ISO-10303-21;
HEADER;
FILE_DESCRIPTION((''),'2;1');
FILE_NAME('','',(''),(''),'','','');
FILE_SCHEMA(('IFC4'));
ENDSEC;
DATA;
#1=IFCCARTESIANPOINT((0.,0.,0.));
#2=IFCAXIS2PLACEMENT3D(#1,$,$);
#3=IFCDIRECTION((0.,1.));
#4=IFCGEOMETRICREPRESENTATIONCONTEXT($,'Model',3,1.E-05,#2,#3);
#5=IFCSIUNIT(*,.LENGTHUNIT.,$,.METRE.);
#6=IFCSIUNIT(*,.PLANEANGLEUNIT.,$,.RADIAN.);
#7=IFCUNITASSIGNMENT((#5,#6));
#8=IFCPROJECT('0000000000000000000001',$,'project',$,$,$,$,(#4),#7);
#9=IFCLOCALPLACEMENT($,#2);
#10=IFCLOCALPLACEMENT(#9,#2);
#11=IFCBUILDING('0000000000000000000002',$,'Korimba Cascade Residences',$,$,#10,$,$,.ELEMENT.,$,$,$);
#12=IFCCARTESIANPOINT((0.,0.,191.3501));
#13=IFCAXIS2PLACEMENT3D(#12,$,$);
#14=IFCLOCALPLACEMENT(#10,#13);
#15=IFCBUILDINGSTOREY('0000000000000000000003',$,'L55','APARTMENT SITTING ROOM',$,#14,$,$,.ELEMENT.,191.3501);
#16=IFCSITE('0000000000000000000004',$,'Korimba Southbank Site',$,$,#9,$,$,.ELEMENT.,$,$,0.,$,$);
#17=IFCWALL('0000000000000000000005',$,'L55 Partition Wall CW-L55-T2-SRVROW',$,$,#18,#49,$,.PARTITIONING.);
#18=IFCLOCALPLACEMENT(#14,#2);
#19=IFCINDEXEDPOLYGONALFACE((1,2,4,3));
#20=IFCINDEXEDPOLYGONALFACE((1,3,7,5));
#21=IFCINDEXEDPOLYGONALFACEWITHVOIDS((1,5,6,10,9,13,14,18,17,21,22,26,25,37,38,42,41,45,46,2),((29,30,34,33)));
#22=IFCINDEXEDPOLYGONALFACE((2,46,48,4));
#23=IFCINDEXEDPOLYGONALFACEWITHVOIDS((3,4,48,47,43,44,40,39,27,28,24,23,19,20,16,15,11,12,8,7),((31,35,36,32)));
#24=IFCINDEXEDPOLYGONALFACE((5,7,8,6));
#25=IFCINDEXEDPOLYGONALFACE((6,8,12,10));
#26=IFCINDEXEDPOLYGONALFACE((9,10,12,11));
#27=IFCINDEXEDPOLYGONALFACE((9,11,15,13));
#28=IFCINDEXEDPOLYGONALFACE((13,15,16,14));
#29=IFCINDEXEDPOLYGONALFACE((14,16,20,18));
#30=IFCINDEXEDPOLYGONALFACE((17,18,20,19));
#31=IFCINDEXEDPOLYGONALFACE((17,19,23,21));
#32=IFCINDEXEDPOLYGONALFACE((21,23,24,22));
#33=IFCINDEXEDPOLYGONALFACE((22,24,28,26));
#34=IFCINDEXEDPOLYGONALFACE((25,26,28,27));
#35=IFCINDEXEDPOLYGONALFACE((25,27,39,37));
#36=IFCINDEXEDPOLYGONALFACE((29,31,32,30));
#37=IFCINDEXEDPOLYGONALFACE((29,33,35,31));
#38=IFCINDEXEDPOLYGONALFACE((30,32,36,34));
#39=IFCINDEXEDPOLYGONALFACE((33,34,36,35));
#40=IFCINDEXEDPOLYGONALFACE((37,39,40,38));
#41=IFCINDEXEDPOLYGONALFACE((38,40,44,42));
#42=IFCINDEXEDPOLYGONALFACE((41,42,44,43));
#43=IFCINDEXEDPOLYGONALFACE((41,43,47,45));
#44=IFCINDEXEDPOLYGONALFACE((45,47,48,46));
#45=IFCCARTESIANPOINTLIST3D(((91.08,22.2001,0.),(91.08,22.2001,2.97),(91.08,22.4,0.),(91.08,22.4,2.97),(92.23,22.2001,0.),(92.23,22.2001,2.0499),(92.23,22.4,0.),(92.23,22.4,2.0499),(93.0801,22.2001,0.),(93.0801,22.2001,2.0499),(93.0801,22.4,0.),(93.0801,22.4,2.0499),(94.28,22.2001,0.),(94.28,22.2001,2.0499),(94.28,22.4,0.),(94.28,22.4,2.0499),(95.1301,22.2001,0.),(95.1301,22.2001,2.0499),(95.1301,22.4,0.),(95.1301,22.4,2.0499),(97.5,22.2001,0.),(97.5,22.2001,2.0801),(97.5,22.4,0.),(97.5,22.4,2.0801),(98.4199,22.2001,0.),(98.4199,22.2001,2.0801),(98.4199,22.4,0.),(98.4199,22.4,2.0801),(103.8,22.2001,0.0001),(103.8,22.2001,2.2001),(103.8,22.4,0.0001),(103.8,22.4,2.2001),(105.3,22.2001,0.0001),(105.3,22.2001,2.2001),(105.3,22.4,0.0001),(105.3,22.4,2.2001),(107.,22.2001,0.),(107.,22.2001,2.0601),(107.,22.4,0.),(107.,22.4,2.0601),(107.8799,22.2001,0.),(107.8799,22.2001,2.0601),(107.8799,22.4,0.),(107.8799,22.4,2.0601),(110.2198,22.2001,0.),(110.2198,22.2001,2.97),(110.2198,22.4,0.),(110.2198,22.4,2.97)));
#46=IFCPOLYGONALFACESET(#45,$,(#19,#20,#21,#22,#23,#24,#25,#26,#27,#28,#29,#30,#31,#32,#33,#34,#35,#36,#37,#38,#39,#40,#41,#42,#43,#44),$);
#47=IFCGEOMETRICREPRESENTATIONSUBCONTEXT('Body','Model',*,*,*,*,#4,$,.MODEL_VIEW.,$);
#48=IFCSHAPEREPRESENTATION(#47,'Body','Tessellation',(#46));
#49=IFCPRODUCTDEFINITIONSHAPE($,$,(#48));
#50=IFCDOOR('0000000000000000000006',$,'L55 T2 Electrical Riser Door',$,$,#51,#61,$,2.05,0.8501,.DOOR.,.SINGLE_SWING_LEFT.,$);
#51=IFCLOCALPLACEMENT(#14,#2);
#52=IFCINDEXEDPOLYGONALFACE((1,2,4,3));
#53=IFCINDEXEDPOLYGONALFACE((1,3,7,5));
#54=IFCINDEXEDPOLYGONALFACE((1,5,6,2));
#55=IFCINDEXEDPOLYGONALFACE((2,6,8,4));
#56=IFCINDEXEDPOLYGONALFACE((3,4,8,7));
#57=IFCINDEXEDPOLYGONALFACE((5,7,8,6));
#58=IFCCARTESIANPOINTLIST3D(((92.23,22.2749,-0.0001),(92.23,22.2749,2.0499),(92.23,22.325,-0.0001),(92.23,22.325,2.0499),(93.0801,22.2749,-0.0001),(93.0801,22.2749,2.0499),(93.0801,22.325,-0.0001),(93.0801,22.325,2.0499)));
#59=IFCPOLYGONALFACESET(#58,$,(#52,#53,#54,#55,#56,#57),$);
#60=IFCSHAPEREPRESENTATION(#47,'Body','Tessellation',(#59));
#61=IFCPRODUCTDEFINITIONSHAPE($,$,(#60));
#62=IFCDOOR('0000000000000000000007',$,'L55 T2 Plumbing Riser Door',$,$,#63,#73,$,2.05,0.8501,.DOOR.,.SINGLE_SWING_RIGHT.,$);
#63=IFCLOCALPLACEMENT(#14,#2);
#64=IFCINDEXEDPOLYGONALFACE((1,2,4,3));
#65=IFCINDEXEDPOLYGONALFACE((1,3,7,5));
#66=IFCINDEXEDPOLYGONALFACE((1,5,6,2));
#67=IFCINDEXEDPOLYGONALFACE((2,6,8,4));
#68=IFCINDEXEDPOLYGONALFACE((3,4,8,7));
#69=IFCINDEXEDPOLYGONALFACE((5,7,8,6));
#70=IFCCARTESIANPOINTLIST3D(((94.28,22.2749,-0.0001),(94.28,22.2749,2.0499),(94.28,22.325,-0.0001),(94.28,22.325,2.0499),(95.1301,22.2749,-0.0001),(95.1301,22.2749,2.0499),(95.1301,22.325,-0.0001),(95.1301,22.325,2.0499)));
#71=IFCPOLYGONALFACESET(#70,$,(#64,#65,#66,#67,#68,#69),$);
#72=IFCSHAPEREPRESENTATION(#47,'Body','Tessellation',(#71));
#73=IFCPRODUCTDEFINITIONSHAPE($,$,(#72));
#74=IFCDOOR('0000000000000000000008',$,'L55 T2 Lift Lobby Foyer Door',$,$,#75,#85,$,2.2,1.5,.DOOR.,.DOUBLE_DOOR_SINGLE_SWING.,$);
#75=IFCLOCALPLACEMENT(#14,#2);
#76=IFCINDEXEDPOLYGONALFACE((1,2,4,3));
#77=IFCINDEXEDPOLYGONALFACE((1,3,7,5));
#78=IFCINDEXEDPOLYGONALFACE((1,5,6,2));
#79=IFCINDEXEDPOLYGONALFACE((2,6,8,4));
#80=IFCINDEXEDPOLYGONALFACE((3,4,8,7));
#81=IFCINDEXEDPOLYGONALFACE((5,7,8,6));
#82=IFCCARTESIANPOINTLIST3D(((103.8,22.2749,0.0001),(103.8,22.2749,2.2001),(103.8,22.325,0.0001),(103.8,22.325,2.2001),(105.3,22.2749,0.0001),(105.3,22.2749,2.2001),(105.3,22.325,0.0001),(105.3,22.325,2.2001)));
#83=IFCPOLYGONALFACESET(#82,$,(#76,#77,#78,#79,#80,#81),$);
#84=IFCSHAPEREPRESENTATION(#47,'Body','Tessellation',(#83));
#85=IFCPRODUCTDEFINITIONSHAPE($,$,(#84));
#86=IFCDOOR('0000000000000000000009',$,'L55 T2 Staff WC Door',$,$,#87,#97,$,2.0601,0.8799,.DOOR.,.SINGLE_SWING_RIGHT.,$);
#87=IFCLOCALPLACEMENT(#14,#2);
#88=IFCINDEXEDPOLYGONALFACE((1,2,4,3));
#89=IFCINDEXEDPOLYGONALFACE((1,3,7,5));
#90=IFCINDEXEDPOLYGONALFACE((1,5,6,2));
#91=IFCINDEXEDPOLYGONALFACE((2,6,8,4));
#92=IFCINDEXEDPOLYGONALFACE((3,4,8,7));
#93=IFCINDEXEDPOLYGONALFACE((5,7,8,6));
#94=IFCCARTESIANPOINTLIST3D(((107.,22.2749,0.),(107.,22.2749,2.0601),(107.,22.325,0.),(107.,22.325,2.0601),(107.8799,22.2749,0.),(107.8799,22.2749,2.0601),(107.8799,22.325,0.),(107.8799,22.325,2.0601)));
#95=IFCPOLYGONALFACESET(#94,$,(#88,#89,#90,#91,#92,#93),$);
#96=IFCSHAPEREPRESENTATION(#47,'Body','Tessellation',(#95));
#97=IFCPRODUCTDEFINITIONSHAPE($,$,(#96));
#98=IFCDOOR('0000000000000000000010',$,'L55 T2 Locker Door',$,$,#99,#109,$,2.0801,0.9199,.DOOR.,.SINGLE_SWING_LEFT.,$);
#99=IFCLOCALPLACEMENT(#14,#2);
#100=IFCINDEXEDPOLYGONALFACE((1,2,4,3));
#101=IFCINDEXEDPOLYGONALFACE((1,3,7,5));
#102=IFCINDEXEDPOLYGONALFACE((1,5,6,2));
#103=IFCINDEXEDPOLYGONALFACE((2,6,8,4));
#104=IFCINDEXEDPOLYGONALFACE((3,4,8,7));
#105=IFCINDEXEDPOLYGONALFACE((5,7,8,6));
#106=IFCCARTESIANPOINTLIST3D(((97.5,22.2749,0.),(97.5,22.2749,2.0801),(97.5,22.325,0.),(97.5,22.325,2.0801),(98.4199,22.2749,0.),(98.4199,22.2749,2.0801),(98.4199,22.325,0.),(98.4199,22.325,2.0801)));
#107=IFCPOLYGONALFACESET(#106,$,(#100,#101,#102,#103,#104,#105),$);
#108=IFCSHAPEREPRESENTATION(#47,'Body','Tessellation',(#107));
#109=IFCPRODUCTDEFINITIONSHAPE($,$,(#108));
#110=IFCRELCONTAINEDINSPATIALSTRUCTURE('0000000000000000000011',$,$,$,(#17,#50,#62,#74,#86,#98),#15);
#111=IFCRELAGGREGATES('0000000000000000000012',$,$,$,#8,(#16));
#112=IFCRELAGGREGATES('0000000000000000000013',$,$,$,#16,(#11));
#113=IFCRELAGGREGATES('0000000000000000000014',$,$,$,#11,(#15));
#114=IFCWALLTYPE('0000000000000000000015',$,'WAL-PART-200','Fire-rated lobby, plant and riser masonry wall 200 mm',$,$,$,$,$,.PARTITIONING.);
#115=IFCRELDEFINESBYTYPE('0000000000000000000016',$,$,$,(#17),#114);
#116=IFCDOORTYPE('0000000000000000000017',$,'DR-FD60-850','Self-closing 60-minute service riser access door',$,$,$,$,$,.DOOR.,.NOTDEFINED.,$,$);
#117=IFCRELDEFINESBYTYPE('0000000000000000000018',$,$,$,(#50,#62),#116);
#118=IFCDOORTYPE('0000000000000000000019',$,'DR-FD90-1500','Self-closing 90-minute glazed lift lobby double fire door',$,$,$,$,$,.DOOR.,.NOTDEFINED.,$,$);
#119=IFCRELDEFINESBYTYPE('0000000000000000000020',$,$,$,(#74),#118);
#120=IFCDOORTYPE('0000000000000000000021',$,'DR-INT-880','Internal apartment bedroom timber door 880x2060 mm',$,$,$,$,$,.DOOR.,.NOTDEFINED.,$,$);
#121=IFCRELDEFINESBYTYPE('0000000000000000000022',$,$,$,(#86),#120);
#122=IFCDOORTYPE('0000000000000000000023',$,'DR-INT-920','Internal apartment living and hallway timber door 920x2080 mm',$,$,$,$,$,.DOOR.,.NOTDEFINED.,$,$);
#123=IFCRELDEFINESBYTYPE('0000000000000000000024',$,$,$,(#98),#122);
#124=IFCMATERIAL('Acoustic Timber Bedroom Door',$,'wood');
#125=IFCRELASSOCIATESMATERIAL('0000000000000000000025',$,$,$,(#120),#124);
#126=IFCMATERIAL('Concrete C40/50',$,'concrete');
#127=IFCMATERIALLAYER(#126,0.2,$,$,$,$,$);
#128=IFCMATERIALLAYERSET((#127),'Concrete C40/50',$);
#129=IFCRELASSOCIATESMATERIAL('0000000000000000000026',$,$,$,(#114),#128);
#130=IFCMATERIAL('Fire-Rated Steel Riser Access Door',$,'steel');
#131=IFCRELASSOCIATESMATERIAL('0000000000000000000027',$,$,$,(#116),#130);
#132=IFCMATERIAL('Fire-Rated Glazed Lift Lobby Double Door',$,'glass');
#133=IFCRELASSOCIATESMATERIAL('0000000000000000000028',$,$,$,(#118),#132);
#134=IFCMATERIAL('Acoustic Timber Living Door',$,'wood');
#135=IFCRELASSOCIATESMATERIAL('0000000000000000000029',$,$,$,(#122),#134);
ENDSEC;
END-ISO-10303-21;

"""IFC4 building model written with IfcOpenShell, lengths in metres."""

from ifc_helpers import new_model, si_unit, direction, frame, frame_2d, origin, place, context, subcontext, project, spatial, rectangle, extrude, material, layer, layer_set, type_object, element, fill, save


model = new_model("IFC4")

# Units and contexts
model_context = context("Model", 3, precision=1e-05, world=origin(), true_north=direction((0.0, 1.0)))
body_context = subcontext(model_context, "Body", "Model", "MODEL_VIEW")
ifc_project = project(units=[si_unit("LENGTHUNIT", "METRE"), si_unit("PLANEANGLEUNIT", "RADIAN")], contexts=[model_context])

# Site, building, storey
site_placement = place(None, origin())
site = spatial("IfcSite", under=ifc_project, at=site_placement, Name="Korimba Southbank Site", CompositionType="ELEMENT", RefElevation=0.0)
building_placement = place(site_placement, origin())
building = spatial("IfcBuilding", under=site, at=building_placement, Name="Korimba Cascade Residences", CompositionType="ELEMENT")
storey_placement = place(building_placement, frame((0.0, 0.0, 191.3501)))
storey = spatial("IfcBuildingStorey", under=building, at=storey_placement, Name="L55", Description="APARTMENT SITTING ROOM", CompositionType="ELEMENT", Elevation=191.3501)

# Shared definitions
ifc_material_1 = material(Name="Acoustic Timber Bedroom Door", Category="wood")
door_type_1 = type_object("IfcDoorType", Name="DR-INT-880", Description="Internal apartment bedroom timber door 880x2060 mm", OperationType="NOTDEFINED", PredefinedType="DOOR", material=ifc_material_1)

# Shared definitions
ifc_material_2 = material(Name="Concrete C40/50", Category="concrete")
ifc_layer_1 = layer(ifc_material_2, 0.2)
ifc_layer_set_1 = layer_set([ifc_layer_1], Name="Concrete C40/50")
wall_type_1 = type_object("IfcWallType", Name="WAL-PART-200", Description="Fire-rated lobby, plant and riser masonry wall 200 mm", PredefinedType="PARTITIONING", material=ifc_layer_set_1)

# Wall, openings, doors
wall_1_placement = place(storey_placement, frame((91.0801, 22.3, 0.0), z_axis=(0.0, 0.0, 1.0), x_axis=(1.0, 0.0, 0.0)))
wall_1 = element("IfcWall", 1, at=wall_1_placement, inside=storey, type_object=wall_type_1, Name="L55 Partition Wall CW-L55-T2-SRVROW", PredefinedType="PARTITIONING", context=body_context, shape_type="SweptSolid", body=[
    extrude(rectangle(XDim=19.1399, YDim=0.2, at=frame_2d((9.5698, 0.0))), origin(), (0.0, 0.0, 1.0), 2.97),
])
opening_1_placement = place(wall_1_placement, frame((1.1499, 0.0, 0.0)))
opening_1 = element("IfcOpeningElement", 2, at=opening_1_placement, cuts=wall_1, PredefinedType="OPENING", context=body_context, shape_type="SweptSolid", body=[
    extrude(rectangle(XDim=0.8501, YDim=2.05, at=frame_2d((0.425, 1.0249))), frame((0.0, 0.1099, 0.0), z_axis=(0.0, -1.0, 0.0), x_axis=(1.0, 0.0, 0.0)), (0.0, 0.0, 1.0), 0.22),
])
opening_2_placement = place(wall_1_placement, frame((3.2, 0.0, 0.0)))
opening_2 = element("IfcOpeningElement", 3, at=opening_2_placement, cuts=wall_1, PredefinedType="OPENING", context=body_context, shape_type="SweptSolid", body=[
    extrude(rectangle(XDim=0.8501, YDim=2.05, at=frame_2d((0.425, 1.0249))), frame((0.0, 0.1099, 0.0), z_axis=(0.0, -1.0, 0.0), x_axis=(1.0, 0.0, 0.0)), (0.0, 0.0, 1.0), 0.22),
])
opening_3_placement = place(wall_1_placement, frame((12.72, 0.0, 0.0)))
opening_3 = element("IfcOpeningElement", 4, at=opening_3_placement, cuts=wall_1, PredefinedType="OPENING", context=body_context, shape_type="SweptSolid", body=[
    extrude(rectangle(XDim=1.5, YDim=2.2, at=frame_2d((0.75, 1.1001))), frame((0.0, 0.1099, 0.0), z_axis=(0.0, -1.0, 0.0), x_axis=(1.0, 0.0, 0.0)), (0.0, 0.0, 1.0), 0.22),
])
opening_4_placement = place(wall_1_placement, frame((6.4199, 0.0, 0.0)))
opening_4 = element("IfcOpeningElement", 5, at=opening_4_placement, cuts=wall_1, PredefinedType="OPENING", context=body_context, shape_type="SweptSolid", body=[
    extrude(rectangle(XDim=0.9199, YDim=2.0801, at=frame_2d((0.46, 1.04))), frame((0.0, 0.1099, 0.0), z_axis=(0.0, -1.0, 0.0), x_axis=(1.0, 0.0, 0.0)), (0.0, 0.0, 1.0), 0.22),
])
opening_5_placement = place(wall_1_placement, frame((15.9199, 0.0, 0.0)))
opening_5 = element("IfcOpeningElement", 6, at=opening_5_placement, cuts=wall_1, PredefinedType="OPENING", context=body_context, shape_type="SweptSolid", body=[
    extrude(rectangle(XDim=0.8799, YDim=2.0601, at=frame_2d((0.4399, 1.03))), frame((0.0, 0.1099, 0.0), z_axis=(0.0, -1.0, 0.0), x_axis=(1.0, 0.0, 0.0)), (0.0, 0.0, 1.0), 0.22),
])
ifc_material_3 = material(Name="Fire-Rated Steel Riser Access Door", Category="steel")
door_type_2 = type_object("IfcDoorType", Name="DR-FD60-850", Description="Self-closing 60-minute service riser access door", OperationType="NOTDEFINED", PredefinedType="DOOR", material=ifc_material_3)
door_1_placement = place(opening_1_placement, origin())
door_1 = element("IfcDoor", 7, at=door_1_placement, inside=storey, type_object=door_type_2, Name="L55 T2 Electrical Riser Door", OperationType="SINGLE_SWING_LEFT", OverallHeight=2.05, OverallWidth=0.8501, PredefinedType="DOOR", context=body_context, shape_type="SweptSolid", body=[
    extrude(rectangle(XDim=0.8501, YDim=2.05, at=frame_2d((0.425, 1.0249))), frame((0.0, 0.0249, 0.0), z_axis=(0.0, -1.0, 0.0), x_axis=(1.0, 0.0, 0.0)), (0.0, 0.0, 1.0), 0.05),
])
fill(opening_1, door_1)
door_2_placement = place(opening_2_placement, origin())
door_2 = element("IfcDoor", 8, at=door_2_placement, inside=storey, type_object=door_type_2, Name="L55 T2 Plumbing Riser Door", OperationType="SINGLE_SWING_RIGHT", OverallHeight=2.05, OverallWidth=0.8501, PredefinedType="DOOR", context=body_context, shape_type="SweptSolid", body=[
    extrude(rectangle(XDim=0.8501, YDim=2.05, at=frame_2d((0.425, 1.0249))), frame((0.0, 0.0249, 0.0), z_axis=(0.0, -1.0, 0.0), x_axis=(1.0, 0.0, 0.0)), (0.0, 0.0, 1.0), 0.05),
])
fill(opening_2, door_2)
ifc_material_4 = material(Name="Fire-Rated Glazed Lift Lobby Double Door", Category="glass")
door_type_3 = type_object("IfcDoorType", Name="DR-FD90-1500", Description="Self-closing 90-minute glazed lift lobby double fire door", OperationType="NOTDEFINED", PredefinedType="DOOR", material=ifc_material_4)
door_3_placement = place(opening_3_placement, origin())
door_3 = element("IfcDoor", 9, at=door_3_placement, inside=storey, type_object=door_type_3, Name="L55 T2 Lift Lobby Foyer Door", OperationType="DOUBLE_DOOR_SINGLE_SWING", OverallHeight=2.2, OverallWidth=1.5, PredefinedType="DOOR", context=body_context, shape_type="SweptSolid", body=[
    extrude(rectangle(XDim=1.5, YDim=2.2, at=frame_2d((0.75, 1.1001))), frame((0.0, 0.0249, 0.0), z_axis=(0.0, -1.0, 0.0), x_axis=(1.0, 0.0, 0.0)), (0.0, 0.0, 1.0), 0.05),
])
fill(opening_3, door_3)
door_4_placement = place(opening_5_placement, origin())
door_4 = element("IfcDoor", 10, at=door_4_placement, inside=storey, type_object=door_type_1, Name="L55 T2 Staff WC Door", OperationType="SINGLE_SWING_RIGHT", OverallHeight=2.0601, OverallWidth=0.8799, PredefinedType="DOOR", context=body_context, shape_type="SweptSolid", body=[
    extrude(rectangle(XDim=0.8799, YDim=2.0601, at=frame_2d((0.4399, 1.03))), frame((0.0, 0.0249, 0.0), z_axis=(0.0, -1.0, 0.0), x_axis=(1.0, 0.0, 0.0)), (0.0, 0.0, 1.0), 0.05),
])
fill(opening_5, door_4)
ifc_material_5 = material(Name="Acoustic Timber Living Door", Category="wood")
door_type_4 = type_object("IfcDoorType", Name="DR-INT-920", Description="Internal apartment living and hallway timber door 920x2080 mm", OperationType="NOTDEFINED", PredefinedType="DOOR", material=ifc_material_5)
door_5_placement = place(opening_4_placement, origin())
door_5 = element("IfcDoor", 11, at=door_5_placement, inside=storey, type_object=door_type_4, Name="L55 T2 Locker Door", OperationType="SINGLE_SWING_LEFT", OverallHeight=2.0801, OverallWidth=0.9199, PredefinedType="DOOR", context=body_context, shape_type="SweptSolid", body=[
    extrude(rectangle(XDim=0.9199, YDim=2.0801, at=frame_2d((0.46, 1.04))), frame((0.0, 0.0249, 0.0), z_axis=(0.0, -1.0, 0.0), x_axis=(1.0, 0.0, 0.0)), (0.0, 0.0, 1.0), 0.05),
])
fill(opening_4, door_5)

save(model, "model.ifc")
